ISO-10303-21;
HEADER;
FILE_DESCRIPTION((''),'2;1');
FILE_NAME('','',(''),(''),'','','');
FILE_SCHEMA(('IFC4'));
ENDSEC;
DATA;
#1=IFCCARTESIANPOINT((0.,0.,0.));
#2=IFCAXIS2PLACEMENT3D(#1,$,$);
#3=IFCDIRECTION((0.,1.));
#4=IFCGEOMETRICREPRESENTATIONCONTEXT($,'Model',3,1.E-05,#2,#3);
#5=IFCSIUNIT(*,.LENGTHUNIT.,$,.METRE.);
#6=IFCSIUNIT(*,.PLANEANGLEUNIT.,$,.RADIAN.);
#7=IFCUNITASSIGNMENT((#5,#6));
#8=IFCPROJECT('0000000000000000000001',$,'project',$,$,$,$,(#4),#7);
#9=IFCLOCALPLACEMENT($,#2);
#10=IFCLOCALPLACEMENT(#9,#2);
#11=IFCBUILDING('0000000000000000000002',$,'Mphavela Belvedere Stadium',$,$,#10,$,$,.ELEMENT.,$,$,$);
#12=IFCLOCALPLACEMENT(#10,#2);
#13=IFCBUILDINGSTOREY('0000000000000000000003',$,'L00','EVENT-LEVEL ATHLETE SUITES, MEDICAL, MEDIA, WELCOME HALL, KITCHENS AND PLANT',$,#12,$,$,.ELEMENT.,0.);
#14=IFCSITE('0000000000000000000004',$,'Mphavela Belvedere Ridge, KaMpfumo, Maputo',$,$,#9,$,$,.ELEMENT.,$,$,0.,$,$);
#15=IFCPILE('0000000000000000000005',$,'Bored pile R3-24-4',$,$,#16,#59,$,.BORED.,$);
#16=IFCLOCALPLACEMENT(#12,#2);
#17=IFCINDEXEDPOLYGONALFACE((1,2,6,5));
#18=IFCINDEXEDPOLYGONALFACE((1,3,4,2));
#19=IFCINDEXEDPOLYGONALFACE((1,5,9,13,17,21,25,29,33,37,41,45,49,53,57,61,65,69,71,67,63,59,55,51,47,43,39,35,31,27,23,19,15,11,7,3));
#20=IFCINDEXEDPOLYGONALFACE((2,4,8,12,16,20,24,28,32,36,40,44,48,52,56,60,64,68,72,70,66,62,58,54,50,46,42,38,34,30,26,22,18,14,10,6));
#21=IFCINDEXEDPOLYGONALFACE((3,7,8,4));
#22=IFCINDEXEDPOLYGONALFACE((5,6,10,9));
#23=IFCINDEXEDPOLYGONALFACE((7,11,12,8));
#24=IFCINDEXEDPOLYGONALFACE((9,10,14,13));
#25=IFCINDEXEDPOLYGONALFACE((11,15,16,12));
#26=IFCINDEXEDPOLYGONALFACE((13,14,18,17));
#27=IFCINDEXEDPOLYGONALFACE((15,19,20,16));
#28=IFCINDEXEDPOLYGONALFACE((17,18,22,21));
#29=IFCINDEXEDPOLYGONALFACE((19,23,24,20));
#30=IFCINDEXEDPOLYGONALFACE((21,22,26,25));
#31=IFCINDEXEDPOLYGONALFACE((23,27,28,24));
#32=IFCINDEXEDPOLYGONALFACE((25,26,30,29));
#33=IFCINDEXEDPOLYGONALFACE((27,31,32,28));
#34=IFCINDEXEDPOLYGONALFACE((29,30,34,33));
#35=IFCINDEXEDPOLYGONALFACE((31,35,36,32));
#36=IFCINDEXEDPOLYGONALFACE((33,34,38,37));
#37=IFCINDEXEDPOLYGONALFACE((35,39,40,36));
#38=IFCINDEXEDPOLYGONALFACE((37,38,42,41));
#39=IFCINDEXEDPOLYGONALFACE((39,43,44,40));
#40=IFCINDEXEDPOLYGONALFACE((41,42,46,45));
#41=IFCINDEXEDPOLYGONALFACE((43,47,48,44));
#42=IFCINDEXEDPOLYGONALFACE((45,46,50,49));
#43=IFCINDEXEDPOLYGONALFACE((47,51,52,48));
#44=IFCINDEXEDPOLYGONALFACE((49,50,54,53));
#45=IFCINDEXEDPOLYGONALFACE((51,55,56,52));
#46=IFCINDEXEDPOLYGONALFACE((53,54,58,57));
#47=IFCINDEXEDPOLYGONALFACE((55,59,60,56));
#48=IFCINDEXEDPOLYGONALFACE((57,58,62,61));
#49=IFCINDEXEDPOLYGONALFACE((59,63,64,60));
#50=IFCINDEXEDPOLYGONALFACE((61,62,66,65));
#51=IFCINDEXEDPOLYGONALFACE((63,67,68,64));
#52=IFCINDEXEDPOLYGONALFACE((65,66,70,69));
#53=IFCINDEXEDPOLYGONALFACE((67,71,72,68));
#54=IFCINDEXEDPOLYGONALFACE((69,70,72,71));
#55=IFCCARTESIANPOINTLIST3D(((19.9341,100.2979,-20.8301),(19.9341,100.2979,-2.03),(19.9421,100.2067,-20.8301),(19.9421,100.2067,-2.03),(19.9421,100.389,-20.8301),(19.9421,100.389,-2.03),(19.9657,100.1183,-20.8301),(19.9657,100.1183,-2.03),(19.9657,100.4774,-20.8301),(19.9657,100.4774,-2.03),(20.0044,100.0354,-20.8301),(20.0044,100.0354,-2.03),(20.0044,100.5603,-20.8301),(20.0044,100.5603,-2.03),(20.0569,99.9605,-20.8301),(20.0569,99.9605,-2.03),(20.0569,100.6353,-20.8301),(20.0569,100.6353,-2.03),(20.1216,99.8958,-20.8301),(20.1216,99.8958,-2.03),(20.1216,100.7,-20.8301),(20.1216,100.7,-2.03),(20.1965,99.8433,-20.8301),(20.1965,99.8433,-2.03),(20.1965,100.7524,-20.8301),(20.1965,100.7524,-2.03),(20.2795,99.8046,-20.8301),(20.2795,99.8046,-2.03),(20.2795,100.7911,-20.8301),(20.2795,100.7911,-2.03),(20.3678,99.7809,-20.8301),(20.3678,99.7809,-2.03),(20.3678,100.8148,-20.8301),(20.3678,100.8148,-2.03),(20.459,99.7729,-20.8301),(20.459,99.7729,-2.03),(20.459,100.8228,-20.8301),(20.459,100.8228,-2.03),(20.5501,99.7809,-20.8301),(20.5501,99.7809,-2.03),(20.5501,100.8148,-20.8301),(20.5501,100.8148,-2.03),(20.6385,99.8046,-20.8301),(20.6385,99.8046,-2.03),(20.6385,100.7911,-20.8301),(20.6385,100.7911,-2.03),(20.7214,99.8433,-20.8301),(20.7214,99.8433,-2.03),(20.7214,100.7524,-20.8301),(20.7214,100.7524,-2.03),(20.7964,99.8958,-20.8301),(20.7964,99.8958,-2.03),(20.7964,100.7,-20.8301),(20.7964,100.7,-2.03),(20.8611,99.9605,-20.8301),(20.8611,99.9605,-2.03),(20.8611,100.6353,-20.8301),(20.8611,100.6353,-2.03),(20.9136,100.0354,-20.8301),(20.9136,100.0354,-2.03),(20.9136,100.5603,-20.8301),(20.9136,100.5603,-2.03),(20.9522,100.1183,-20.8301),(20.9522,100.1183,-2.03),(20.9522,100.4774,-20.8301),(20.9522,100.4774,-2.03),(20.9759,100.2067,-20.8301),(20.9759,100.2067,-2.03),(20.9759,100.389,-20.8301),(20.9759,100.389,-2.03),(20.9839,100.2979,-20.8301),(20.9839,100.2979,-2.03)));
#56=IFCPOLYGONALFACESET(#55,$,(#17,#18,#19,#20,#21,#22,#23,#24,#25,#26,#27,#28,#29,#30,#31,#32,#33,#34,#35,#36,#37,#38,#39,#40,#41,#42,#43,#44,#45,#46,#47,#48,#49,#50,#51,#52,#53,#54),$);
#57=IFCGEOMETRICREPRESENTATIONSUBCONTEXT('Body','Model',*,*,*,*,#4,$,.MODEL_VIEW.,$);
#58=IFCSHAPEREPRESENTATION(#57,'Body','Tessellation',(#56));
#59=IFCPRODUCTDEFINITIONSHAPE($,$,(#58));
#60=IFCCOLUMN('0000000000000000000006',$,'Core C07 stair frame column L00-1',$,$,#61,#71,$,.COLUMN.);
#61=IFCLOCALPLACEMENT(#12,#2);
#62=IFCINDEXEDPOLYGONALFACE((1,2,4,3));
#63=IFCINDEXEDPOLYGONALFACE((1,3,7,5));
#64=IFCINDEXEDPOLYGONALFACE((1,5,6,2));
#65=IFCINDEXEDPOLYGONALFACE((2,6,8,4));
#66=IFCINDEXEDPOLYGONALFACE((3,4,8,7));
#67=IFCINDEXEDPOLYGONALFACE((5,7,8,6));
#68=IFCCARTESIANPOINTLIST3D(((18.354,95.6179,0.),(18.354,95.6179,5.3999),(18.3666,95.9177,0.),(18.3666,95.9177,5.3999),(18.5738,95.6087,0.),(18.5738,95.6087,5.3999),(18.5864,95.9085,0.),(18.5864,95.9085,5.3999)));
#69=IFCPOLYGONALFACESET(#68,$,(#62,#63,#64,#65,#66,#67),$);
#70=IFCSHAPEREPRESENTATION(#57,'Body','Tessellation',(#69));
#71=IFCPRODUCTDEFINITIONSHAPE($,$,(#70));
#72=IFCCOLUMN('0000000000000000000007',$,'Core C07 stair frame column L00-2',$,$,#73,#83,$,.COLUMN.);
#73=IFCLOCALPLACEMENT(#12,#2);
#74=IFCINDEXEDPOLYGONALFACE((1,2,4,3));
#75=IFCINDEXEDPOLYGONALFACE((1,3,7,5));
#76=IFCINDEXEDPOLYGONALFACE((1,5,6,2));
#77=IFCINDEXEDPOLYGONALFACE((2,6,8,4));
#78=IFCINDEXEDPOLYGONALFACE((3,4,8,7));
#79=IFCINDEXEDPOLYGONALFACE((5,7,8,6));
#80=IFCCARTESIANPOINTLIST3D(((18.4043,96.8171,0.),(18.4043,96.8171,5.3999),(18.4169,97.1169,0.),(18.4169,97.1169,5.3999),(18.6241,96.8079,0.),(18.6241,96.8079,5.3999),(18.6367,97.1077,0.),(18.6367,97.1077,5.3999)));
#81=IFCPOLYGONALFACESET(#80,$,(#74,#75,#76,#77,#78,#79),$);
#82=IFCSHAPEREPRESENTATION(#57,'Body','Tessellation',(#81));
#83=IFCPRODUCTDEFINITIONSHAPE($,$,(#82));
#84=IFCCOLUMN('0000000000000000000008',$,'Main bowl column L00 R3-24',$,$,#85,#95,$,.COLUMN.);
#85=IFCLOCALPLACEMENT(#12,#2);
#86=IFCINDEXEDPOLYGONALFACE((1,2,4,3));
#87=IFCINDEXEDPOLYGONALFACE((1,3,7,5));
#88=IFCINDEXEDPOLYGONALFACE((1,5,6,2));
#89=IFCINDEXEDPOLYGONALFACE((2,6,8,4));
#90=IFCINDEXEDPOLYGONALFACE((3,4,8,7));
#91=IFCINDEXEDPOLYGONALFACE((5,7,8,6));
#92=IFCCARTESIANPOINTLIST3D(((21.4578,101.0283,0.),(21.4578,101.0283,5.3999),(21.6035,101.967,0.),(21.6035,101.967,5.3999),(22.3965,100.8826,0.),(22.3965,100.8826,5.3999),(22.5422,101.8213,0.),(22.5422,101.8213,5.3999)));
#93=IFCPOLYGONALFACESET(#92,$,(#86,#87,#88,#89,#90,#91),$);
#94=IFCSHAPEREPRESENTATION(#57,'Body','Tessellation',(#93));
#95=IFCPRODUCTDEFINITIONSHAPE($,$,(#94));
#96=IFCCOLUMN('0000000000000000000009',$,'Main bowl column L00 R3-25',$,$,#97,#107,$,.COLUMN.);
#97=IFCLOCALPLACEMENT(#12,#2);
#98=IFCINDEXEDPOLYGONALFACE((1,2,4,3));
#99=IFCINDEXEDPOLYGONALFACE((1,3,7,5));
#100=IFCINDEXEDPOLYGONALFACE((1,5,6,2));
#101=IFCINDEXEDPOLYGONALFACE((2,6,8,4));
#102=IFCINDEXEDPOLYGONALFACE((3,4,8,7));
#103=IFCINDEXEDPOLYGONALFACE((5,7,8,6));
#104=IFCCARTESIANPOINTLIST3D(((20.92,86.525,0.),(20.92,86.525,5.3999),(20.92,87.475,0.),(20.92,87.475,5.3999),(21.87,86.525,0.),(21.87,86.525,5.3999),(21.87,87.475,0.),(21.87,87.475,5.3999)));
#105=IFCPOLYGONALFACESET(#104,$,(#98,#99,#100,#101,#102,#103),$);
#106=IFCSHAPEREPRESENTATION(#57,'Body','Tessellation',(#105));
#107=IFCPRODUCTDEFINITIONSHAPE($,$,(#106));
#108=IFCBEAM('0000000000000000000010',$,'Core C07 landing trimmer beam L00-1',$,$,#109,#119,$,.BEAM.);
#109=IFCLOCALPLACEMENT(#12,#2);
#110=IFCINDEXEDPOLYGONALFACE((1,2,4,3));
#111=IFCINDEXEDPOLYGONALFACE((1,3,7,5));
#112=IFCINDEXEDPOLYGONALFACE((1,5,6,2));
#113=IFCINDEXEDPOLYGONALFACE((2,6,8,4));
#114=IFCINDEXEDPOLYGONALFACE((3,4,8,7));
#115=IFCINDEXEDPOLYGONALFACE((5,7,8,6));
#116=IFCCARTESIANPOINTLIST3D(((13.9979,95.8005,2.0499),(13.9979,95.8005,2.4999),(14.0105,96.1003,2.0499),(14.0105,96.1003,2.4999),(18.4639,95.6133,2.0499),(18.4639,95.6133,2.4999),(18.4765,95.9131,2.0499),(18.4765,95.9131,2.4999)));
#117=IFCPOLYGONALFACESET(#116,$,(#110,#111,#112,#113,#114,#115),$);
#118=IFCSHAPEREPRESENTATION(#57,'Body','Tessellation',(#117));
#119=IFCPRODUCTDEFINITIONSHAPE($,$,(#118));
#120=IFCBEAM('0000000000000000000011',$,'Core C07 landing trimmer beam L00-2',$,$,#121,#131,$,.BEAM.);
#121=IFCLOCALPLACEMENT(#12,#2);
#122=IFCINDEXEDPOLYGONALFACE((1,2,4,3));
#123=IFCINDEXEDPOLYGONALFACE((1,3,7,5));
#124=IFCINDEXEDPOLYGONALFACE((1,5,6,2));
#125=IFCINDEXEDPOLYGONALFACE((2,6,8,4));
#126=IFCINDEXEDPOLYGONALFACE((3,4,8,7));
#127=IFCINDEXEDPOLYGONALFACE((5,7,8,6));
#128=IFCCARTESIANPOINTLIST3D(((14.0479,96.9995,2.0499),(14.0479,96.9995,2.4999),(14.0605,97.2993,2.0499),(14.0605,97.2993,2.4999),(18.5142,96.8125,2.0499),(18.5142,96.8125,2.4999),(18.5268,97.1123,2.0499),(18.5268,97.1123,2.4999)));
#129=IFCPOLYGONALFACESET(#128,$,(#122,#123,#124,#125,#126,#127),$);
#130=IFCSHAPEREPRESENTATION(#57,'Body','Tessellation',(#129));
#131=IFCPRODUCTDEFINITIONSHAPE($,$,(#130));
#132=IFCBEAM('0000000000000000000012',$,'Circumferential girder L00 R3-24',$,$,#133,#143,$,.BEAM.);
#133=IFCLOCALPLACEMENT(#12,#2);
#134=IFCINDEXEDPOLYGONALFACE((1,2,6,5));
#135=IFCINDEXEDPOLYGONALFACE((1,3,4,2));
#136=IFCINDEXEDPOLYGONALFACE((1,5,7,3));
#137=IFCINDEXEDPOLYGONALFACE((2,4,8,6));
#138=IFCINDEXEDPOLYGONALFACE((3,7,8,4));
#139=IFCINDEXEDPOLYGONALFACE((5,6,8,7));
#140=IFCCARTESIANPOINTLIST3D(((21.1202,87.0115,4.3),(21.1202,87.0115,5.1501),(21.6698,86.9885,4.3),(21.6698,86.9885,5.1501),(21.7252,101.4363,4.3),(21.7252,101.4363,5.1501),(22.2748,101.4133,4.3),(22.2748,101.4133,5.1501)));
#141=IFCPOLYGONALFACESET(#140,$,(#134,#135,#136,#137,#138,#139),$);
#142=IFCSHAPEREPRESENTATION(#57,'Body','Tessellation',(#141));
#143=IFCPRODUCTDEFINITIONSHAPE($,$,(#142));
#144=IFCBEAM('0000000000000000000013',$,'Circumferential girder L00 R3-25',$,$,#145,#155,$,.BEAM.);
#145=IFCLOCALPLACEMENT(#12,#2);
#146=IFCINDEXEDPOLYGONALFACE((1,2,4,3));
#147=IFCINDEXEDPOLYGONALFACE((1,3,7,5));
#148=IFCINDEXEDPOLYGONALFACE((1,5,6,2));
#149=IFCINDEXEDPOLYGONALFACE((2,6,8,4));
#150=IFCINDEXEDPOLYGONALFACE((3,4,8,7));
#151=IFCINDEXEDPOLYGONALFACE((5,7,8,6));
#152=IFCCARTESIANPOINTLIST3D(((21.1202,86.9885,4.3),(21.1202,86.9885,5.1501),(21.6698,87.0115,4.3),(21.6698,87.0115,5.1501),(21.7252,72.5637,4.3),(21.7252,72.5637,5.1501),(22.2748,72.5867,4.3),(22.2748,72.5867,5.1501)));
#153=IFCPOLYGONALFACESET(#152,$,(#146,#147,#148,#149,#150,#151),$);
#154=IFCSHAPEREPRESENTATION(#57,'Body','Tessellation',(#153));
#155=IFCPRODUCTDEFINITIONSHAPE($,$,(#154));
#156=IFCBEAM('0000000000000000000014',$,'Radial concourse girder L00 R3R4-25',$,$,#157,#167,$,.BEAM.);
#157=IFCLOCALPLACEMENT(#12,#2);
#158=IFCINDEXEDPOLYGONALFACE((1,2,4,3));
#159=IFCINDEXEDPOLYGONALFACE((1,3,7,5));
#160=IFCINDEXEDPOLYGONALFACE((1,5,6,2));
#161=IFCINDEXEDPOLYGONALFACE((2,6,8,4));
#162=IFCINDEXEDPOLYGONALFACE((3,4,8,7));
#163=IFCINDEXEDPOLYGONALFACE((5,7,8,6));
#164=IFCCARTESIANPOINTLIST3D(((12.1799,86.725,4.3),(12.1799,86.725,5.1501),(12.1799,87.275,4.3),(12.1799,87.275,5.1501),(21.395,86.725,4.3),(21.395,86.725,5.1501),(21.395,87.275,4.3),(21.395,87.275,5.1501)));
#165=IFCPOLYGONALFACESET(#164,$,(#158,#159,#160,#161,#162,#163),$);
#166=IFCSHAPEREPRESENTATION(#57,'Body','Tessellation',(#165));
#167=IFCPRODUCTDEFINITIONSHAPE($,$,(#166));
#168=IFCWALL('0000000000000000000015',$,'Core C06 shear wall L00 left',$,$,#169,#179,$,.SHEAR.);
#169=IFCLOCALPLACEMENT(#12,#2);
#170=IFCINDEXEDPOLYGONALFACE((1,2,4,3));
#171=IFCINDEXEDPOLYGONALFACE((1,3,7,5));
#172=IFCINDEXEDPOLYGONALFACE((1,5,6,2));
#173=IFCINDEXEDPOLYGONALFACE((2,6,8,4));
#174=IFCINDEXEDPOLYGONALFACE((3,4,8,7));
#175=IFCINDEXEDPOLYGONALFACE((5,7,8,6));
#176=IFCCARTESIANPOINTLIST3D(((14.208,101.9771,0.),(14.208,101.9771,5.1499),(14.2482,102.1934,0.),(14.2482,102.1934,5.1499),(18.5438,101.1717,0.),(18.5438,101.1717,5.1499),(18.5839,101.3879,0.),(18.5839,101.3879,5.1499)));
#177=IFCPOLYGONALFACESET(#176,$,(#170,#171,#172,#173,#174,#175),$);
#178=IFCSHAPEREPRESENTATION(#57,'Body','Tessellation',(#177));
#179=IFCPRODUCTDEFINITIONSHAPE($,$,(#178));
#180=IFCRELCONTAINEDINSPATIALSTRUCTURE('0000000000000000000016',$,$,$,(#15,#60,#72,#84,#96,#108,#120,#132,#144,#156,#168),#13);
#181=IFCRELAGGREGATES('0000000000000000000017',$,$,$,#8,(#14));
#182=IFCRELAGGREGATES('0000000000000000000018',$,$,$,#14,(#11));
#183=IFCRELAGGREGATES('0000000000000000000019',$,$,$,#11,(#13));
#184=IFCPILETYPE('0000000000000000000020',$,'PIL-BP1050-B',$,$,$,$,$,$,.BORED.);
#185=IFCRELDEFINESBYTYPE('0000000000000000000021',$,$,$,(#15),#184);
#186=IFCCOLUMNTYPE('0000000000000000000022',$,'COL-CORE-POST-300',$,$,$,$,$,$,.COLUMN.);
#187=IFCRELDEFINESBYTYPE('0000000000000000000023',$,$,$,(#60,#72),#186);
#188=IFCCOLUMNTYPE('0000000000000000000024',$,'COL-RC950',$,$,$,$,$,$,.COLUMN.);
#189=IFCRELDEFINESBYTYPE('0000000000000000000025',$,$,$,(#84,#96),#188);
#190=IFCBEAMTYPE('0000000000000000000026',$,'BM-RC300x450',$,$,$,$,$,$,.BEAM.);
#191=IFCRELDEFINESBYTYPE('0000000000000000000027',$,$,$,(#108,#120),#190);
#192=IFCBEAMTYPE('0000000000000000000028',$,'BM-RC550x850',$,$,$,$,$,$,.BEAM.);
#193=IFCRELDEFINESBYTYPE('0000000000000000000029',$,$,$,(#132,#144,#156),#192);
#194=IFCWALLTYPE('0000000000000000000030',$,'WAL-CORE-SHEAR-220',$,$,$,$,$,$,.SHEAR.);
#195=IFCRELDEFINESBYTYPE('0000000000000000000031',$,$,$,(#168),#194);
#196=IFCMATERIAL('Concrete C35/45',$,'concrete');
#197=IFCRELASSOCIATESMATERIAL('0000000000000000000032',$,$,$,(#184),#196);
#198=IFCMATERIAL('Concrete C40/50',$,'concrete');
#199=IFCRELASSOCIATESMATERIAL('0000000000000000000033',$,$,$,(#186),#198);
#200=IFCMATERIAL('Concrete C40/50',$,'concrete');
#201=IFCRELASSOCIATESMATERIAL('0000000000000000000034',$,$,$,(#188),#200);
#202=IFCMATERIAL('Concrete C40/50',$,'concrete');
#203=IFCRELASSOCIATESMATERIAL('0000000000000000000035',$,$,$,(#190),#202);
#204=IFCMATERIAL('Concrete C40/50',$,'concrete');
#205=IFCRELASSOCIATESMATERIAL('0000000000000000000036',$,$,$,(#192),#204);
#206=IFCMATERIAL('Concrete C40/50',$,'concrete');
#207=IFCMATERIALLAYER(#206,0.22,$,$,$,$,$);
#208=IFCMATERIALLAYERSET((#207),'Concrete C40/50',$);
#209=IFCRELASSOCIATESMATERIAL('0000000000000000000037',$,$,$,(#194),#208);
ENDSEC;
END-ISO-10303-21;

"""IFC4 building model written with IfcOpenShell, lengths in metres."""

from ifc_helpers import new_model, si_unit, direction, frame, frame_2d, origin, origin_2d, place, context, subcontext, project, spatial, rectangle, circle, extrude, material, layer, layer_set, material_profile, profile_set, type_object, element, save


model = new_model("IFC4")

# Units and contexts
model_context = context("Model", 3, precision=1e-05, world=origin(), true_north=direction((0.0, 1.0)))
body_context = subcontext(model_context, "Body", "Model", "MODEL_VIEW")
ifc_project = project(units=[si_unit("LENGTHUNIT", "METRE"), si_unit("PLANEANGLEUNIT", "RADIAN")], contexts=[model_context])

# Site, building, storey
site_placement = place(None, origin())
site = spatial("IfcSite", under=ifc_project, at=site_placement, Name="Mphavela Belvedere Ridge, KaMpfumo, Maputo", CompositionType="ELEMENT", RefElevation=0.0)
building_placement = place(site_placement, origin())
building = spatial("IfcBuilding", under=site, at=building_placement, Name="Mphavela Belvedere Stadium", CompositionType="ELEMENT")
storey_placement = place(building_placement, origin())
storey = spatial("IfcBuildingStorey", under=building, at=storey_placement, Name="L00", Description="EVENT-LEVEL ATHLETE SUITES, MEDICAL, MEDIA, WELCOME HALL, KITCHENS AND PLANT", CompositionType="ELEMENT", Elevation=0.0)

# Pile
ifc_material_1 = material(Name="Concrete C35/45", Category="concrete")
ifc_material_profile_1 = material_profile(ifc_material_1, circle(Radius=0.5249, at=origin_2d()), Name="BP D1050")
ifc_profile_set_1 = profile_set([ifc_material_profile_1], Name="Concrete C35/45")
pile_type_1 = type_object("IfcPileType", Name="PIL-BP1050-B", PredefinedType="BORED", material=ifc_profile_set_1)
for number, where, z_axis, x_axis, name in (
    (1, (20.459, 100.2979, -2.03), (0.0, 0.0, -1.0), (1.0, 0.0, 0.0), "Bored pile R3-24-4"),
):
    element("IfcPile", number, at=place(storey_placement, frame(where, z_axis=z_axis, x_axis=x_axis)), inside=storey, type_object=pile_type_1, Name=name, PredefinedType="BORED", context=body_context, shape_type="SweptSolid", body=[
        extrude(circle(Radius=0.5249, at=origin_2d()), origin(), (0.0, 0.0, 1.0), 18.8),
    ])

# Columns
ifc_material_2 = material(Name="Concrete C40/50", Category="concrete")
ifc_material_profile_2 = material_profile(ifc_material_2, rectangle(XDim=0.3, YDim=0.22, at=origin_2d()), Name="RC 300x220")
ifc_profile_set_2 = profile_set([ifc_material_profile_2], Name="Concrete C40/50")
column_type_1 = type_object("IfcColumnType", Name="COL-CORE-POST-300", PredefinedType="COLUMN", material=ifc_profile_set_2)
for number, where, z_axis, x_axis, name in (
    (2, (18.4702, 95.7632, 0.0), (0.0, 0.0, 1.0), (0.041876, 0.999123, 0.0), "Core C07 stair frame column L00-1"),
    (3, (18.5205, 96.9624, 0.0), (0.0, 0.0, 1.0), (0.041876, 0.999123, 0.0), "Core C07 stair frame column L00-2"),
):
    element("IfcColumn", number, at=place(storey_placement, frame(where, z_axis=z_axis, x_axis=x_axis)), inside=storey, type_object=column_type_1, Name=name, PredefinedType="COLUMN", context=body_context, shape_type="SweptSolid", body=[
        extrude(rectangle(XDim=0.3, YDim=0.22, at=origin_2d()), origin(), (0.0, 0.0, 1.0), 5.3999),
    ])
ifc_material_3 = material(Name="Concrete C40/50", Category="concrete")
ifc_material_profile_3 = material_profile(ifc_material_3, rectangle(XDim=0.95, YDim=0.95, at=origin_2d()), Name="RC 950x950")
ifc_profile_set_3 = profile_set([ifc_material_profile_3], Name="Concrete C40/50")
column_type_2 = type_object("IfcColumnType", Name="COL-RC950", PredefinedType="COLUMN", material=ifc_profile_set_3)
for number, where, z_axis, x_axis, name in (
    (4, (22.0, 101.4248, 0.0), (0.0, 0.0, 1.0), (-0.988175, 0.153331, 0.0), "Main bowl column L00 R3-24"),
    (5, (21.395, 87.0, 0.0), (0.0, 0.0, 1.0), (-1.0, 0.0, 0.0), "Main bowl column L00 R3-25"),
):
    element("IfcColumn", number, at=place(storey_placement, frame(where, z_axis=z_axis, x_axis=x_axis)), inside=storey, type_object=column_type_2, Name=name, PredefinedType="COLUMN", context=body_context, shape_type="SweptSolid", body=[
        extrude(rectangle(XDim=0.95, YDim=0.95, at=origin_2d()), origin(), (0.0, 0.0, 1.0), 5.3999),
    ])

# Beams
ifc_material_4 = material(Name="Concrete C40/50", Category="concrete")
ifc_material_profile_4 = material_profile(ifc_material_4, rectangle(XDim=0.3, YDim=0.45, at=origin_2d()), Name="RC 300x450")
ifc_profile_set_4 = profile_set([ifc_material_profile_4], Name="Concrete C40/50")
beam_type_1 = type_object("IfcBeamType", Name="BM-RC300x450", PredefinedType="BEAM", material=ifc_profile_set_4)
beam_1_placement = place(storey_placement, frame((18.4702, 95.7632, 2.2749), z_axis=(-0.999122, 0.041892, 0.0), x_axis=(-0.041892, -0.999122, 0.0)))
element("IfcBeam", 6, at=beam_1_placement, inside=storey, type_object=beam_type_1, Name="Core C07 landing trimmer beam L00-1", PredefinedType="BEAM", context=body_context, shape_type="SweptSolid", body=[
    extrude(rectangle(XDim=0.3, YDim=0.45, at=origin_2d()), origin(), (0.0, 0.0, 1.0), 4.47),
])
beam_2_placement = place(storey_placement, frame((18.5205, 96.9624, 2.2749), z_axis=(-0.999125, 0.041835, 0.0), x_axis=(-0.041835, -0.999125, 0.0)))
element("IfcBeam", 7, at=beam_2_placement, inside=storey, type_object=beam_type_1, Name="Core C07 landing trimmer beam L00-2", PredefinedType="BEAM", context=body_context, shape_type="SweptSolid", body=[
    extrude(rectangle(XDim=0.3, YDim=0.45, at=origin_2d()), origin(), (0.0, 0.0, 1.0), 4.4702),
])
ifc_material_5 = material(Name="Concrete C40/50", Category="concrete")
ifc_material_profile_5 = material_profile(ifc_material_5, rectangle(XDim=0.55, YDim=0.8501, at=origin_2d()), Name="RC 550x850")
ifc_profile_set_5 = profile_set([ifc_material_profile_5], Name="Concrete C40/50")
beam_type_2 = type_object("IfcBeamType", Name="BM-RC550x850", PredefinedType="BEAM", material=ifc_profile_set_5)
for number, where, z_axis, x_axis, name in (
    (8, (22.0, 101.4248, 4.7251), (-0.041903, -0.999122, 0.0), (0.999122, -0.041903, 0.0), "Circumferential girder L00 R3-24"),
    (9, (21.395, 87.0, 4.7251), (0.041903, -0.999122, 0.0), (0.999122, 0.041903, 0.0), "Circumferential girder L00 R3-25"),
):
    element("IfcBeam", number, at=place(storey_placement, frame(where, z_axis=z_axis, x_axis=x_axis)), inside=storey, type_object=beam_type_2, Name=name, PredefinedType="BEAM", context=body_context, shape_type="SweptSolid", body=[
        extrude(rectangle(XDim=0.55, YDim=0.8501, at=origin_2d()), origin(), (0.0, 0.0, 1.0), 14.4375),
    ])
beam_3_placement = place(storey_placement, frame((21.395, 87.0, 4.7251), z_axis=(-1.0, 0.0, 0.0), x_axis=(0.0, -1.0, 0.0)))
element("IfcBeam", 10, at=beam_3_placement, inside=storey, type_object=beam_type_2, Name="Radial concourse girder L00 R3R4-25", PredefinedType="BEAM", context=body_context, shape_type="SweptSolid", body=[
    extrude(rectangle(XDim=0.55, YDim=0.8501, at=origin_2d()), origin(), (0.0, 0.0, 1.0), 9.2151),
])

# Wall
ifc_material_6 = material(Name="Concrete C40/50", Category="concrete")
ifc_layer_1 = layer(ifc_material_6, 0.22)
ifc_layer_set_1 = layer_set([ifc_layer_1], Name="Concrete C40/50")
wall_type_1 = type_object("IfcWallType", Name="WAL-CORE-SHEAR-220", PredefinedType="SHEAR", material=ifc_layer_set_1)
wall_1_placement = place(storey_placement, frame((18.564, 101.2798, 0.0), z_axis=(0.0, 0.0, 1.0), x_axis=(-0.98318, 0.18264, 0.0)))
element("IfcWall", 11, at=wall_1_placement, inside=storey, type_object=wall_type_1, Name="Core C06 shear wall L00 left", PredefinedType="SHEAR", context=body_context, shape_type="SweptSolid", body=[
    extrude(rectangle(XDim=4.4099, YDim=0.22, at=frame_2d((2.2051, 0.0))), origin(), (0.0, 0.0, 1.0), 5.1499),
])

save(model, "model.ifc")
